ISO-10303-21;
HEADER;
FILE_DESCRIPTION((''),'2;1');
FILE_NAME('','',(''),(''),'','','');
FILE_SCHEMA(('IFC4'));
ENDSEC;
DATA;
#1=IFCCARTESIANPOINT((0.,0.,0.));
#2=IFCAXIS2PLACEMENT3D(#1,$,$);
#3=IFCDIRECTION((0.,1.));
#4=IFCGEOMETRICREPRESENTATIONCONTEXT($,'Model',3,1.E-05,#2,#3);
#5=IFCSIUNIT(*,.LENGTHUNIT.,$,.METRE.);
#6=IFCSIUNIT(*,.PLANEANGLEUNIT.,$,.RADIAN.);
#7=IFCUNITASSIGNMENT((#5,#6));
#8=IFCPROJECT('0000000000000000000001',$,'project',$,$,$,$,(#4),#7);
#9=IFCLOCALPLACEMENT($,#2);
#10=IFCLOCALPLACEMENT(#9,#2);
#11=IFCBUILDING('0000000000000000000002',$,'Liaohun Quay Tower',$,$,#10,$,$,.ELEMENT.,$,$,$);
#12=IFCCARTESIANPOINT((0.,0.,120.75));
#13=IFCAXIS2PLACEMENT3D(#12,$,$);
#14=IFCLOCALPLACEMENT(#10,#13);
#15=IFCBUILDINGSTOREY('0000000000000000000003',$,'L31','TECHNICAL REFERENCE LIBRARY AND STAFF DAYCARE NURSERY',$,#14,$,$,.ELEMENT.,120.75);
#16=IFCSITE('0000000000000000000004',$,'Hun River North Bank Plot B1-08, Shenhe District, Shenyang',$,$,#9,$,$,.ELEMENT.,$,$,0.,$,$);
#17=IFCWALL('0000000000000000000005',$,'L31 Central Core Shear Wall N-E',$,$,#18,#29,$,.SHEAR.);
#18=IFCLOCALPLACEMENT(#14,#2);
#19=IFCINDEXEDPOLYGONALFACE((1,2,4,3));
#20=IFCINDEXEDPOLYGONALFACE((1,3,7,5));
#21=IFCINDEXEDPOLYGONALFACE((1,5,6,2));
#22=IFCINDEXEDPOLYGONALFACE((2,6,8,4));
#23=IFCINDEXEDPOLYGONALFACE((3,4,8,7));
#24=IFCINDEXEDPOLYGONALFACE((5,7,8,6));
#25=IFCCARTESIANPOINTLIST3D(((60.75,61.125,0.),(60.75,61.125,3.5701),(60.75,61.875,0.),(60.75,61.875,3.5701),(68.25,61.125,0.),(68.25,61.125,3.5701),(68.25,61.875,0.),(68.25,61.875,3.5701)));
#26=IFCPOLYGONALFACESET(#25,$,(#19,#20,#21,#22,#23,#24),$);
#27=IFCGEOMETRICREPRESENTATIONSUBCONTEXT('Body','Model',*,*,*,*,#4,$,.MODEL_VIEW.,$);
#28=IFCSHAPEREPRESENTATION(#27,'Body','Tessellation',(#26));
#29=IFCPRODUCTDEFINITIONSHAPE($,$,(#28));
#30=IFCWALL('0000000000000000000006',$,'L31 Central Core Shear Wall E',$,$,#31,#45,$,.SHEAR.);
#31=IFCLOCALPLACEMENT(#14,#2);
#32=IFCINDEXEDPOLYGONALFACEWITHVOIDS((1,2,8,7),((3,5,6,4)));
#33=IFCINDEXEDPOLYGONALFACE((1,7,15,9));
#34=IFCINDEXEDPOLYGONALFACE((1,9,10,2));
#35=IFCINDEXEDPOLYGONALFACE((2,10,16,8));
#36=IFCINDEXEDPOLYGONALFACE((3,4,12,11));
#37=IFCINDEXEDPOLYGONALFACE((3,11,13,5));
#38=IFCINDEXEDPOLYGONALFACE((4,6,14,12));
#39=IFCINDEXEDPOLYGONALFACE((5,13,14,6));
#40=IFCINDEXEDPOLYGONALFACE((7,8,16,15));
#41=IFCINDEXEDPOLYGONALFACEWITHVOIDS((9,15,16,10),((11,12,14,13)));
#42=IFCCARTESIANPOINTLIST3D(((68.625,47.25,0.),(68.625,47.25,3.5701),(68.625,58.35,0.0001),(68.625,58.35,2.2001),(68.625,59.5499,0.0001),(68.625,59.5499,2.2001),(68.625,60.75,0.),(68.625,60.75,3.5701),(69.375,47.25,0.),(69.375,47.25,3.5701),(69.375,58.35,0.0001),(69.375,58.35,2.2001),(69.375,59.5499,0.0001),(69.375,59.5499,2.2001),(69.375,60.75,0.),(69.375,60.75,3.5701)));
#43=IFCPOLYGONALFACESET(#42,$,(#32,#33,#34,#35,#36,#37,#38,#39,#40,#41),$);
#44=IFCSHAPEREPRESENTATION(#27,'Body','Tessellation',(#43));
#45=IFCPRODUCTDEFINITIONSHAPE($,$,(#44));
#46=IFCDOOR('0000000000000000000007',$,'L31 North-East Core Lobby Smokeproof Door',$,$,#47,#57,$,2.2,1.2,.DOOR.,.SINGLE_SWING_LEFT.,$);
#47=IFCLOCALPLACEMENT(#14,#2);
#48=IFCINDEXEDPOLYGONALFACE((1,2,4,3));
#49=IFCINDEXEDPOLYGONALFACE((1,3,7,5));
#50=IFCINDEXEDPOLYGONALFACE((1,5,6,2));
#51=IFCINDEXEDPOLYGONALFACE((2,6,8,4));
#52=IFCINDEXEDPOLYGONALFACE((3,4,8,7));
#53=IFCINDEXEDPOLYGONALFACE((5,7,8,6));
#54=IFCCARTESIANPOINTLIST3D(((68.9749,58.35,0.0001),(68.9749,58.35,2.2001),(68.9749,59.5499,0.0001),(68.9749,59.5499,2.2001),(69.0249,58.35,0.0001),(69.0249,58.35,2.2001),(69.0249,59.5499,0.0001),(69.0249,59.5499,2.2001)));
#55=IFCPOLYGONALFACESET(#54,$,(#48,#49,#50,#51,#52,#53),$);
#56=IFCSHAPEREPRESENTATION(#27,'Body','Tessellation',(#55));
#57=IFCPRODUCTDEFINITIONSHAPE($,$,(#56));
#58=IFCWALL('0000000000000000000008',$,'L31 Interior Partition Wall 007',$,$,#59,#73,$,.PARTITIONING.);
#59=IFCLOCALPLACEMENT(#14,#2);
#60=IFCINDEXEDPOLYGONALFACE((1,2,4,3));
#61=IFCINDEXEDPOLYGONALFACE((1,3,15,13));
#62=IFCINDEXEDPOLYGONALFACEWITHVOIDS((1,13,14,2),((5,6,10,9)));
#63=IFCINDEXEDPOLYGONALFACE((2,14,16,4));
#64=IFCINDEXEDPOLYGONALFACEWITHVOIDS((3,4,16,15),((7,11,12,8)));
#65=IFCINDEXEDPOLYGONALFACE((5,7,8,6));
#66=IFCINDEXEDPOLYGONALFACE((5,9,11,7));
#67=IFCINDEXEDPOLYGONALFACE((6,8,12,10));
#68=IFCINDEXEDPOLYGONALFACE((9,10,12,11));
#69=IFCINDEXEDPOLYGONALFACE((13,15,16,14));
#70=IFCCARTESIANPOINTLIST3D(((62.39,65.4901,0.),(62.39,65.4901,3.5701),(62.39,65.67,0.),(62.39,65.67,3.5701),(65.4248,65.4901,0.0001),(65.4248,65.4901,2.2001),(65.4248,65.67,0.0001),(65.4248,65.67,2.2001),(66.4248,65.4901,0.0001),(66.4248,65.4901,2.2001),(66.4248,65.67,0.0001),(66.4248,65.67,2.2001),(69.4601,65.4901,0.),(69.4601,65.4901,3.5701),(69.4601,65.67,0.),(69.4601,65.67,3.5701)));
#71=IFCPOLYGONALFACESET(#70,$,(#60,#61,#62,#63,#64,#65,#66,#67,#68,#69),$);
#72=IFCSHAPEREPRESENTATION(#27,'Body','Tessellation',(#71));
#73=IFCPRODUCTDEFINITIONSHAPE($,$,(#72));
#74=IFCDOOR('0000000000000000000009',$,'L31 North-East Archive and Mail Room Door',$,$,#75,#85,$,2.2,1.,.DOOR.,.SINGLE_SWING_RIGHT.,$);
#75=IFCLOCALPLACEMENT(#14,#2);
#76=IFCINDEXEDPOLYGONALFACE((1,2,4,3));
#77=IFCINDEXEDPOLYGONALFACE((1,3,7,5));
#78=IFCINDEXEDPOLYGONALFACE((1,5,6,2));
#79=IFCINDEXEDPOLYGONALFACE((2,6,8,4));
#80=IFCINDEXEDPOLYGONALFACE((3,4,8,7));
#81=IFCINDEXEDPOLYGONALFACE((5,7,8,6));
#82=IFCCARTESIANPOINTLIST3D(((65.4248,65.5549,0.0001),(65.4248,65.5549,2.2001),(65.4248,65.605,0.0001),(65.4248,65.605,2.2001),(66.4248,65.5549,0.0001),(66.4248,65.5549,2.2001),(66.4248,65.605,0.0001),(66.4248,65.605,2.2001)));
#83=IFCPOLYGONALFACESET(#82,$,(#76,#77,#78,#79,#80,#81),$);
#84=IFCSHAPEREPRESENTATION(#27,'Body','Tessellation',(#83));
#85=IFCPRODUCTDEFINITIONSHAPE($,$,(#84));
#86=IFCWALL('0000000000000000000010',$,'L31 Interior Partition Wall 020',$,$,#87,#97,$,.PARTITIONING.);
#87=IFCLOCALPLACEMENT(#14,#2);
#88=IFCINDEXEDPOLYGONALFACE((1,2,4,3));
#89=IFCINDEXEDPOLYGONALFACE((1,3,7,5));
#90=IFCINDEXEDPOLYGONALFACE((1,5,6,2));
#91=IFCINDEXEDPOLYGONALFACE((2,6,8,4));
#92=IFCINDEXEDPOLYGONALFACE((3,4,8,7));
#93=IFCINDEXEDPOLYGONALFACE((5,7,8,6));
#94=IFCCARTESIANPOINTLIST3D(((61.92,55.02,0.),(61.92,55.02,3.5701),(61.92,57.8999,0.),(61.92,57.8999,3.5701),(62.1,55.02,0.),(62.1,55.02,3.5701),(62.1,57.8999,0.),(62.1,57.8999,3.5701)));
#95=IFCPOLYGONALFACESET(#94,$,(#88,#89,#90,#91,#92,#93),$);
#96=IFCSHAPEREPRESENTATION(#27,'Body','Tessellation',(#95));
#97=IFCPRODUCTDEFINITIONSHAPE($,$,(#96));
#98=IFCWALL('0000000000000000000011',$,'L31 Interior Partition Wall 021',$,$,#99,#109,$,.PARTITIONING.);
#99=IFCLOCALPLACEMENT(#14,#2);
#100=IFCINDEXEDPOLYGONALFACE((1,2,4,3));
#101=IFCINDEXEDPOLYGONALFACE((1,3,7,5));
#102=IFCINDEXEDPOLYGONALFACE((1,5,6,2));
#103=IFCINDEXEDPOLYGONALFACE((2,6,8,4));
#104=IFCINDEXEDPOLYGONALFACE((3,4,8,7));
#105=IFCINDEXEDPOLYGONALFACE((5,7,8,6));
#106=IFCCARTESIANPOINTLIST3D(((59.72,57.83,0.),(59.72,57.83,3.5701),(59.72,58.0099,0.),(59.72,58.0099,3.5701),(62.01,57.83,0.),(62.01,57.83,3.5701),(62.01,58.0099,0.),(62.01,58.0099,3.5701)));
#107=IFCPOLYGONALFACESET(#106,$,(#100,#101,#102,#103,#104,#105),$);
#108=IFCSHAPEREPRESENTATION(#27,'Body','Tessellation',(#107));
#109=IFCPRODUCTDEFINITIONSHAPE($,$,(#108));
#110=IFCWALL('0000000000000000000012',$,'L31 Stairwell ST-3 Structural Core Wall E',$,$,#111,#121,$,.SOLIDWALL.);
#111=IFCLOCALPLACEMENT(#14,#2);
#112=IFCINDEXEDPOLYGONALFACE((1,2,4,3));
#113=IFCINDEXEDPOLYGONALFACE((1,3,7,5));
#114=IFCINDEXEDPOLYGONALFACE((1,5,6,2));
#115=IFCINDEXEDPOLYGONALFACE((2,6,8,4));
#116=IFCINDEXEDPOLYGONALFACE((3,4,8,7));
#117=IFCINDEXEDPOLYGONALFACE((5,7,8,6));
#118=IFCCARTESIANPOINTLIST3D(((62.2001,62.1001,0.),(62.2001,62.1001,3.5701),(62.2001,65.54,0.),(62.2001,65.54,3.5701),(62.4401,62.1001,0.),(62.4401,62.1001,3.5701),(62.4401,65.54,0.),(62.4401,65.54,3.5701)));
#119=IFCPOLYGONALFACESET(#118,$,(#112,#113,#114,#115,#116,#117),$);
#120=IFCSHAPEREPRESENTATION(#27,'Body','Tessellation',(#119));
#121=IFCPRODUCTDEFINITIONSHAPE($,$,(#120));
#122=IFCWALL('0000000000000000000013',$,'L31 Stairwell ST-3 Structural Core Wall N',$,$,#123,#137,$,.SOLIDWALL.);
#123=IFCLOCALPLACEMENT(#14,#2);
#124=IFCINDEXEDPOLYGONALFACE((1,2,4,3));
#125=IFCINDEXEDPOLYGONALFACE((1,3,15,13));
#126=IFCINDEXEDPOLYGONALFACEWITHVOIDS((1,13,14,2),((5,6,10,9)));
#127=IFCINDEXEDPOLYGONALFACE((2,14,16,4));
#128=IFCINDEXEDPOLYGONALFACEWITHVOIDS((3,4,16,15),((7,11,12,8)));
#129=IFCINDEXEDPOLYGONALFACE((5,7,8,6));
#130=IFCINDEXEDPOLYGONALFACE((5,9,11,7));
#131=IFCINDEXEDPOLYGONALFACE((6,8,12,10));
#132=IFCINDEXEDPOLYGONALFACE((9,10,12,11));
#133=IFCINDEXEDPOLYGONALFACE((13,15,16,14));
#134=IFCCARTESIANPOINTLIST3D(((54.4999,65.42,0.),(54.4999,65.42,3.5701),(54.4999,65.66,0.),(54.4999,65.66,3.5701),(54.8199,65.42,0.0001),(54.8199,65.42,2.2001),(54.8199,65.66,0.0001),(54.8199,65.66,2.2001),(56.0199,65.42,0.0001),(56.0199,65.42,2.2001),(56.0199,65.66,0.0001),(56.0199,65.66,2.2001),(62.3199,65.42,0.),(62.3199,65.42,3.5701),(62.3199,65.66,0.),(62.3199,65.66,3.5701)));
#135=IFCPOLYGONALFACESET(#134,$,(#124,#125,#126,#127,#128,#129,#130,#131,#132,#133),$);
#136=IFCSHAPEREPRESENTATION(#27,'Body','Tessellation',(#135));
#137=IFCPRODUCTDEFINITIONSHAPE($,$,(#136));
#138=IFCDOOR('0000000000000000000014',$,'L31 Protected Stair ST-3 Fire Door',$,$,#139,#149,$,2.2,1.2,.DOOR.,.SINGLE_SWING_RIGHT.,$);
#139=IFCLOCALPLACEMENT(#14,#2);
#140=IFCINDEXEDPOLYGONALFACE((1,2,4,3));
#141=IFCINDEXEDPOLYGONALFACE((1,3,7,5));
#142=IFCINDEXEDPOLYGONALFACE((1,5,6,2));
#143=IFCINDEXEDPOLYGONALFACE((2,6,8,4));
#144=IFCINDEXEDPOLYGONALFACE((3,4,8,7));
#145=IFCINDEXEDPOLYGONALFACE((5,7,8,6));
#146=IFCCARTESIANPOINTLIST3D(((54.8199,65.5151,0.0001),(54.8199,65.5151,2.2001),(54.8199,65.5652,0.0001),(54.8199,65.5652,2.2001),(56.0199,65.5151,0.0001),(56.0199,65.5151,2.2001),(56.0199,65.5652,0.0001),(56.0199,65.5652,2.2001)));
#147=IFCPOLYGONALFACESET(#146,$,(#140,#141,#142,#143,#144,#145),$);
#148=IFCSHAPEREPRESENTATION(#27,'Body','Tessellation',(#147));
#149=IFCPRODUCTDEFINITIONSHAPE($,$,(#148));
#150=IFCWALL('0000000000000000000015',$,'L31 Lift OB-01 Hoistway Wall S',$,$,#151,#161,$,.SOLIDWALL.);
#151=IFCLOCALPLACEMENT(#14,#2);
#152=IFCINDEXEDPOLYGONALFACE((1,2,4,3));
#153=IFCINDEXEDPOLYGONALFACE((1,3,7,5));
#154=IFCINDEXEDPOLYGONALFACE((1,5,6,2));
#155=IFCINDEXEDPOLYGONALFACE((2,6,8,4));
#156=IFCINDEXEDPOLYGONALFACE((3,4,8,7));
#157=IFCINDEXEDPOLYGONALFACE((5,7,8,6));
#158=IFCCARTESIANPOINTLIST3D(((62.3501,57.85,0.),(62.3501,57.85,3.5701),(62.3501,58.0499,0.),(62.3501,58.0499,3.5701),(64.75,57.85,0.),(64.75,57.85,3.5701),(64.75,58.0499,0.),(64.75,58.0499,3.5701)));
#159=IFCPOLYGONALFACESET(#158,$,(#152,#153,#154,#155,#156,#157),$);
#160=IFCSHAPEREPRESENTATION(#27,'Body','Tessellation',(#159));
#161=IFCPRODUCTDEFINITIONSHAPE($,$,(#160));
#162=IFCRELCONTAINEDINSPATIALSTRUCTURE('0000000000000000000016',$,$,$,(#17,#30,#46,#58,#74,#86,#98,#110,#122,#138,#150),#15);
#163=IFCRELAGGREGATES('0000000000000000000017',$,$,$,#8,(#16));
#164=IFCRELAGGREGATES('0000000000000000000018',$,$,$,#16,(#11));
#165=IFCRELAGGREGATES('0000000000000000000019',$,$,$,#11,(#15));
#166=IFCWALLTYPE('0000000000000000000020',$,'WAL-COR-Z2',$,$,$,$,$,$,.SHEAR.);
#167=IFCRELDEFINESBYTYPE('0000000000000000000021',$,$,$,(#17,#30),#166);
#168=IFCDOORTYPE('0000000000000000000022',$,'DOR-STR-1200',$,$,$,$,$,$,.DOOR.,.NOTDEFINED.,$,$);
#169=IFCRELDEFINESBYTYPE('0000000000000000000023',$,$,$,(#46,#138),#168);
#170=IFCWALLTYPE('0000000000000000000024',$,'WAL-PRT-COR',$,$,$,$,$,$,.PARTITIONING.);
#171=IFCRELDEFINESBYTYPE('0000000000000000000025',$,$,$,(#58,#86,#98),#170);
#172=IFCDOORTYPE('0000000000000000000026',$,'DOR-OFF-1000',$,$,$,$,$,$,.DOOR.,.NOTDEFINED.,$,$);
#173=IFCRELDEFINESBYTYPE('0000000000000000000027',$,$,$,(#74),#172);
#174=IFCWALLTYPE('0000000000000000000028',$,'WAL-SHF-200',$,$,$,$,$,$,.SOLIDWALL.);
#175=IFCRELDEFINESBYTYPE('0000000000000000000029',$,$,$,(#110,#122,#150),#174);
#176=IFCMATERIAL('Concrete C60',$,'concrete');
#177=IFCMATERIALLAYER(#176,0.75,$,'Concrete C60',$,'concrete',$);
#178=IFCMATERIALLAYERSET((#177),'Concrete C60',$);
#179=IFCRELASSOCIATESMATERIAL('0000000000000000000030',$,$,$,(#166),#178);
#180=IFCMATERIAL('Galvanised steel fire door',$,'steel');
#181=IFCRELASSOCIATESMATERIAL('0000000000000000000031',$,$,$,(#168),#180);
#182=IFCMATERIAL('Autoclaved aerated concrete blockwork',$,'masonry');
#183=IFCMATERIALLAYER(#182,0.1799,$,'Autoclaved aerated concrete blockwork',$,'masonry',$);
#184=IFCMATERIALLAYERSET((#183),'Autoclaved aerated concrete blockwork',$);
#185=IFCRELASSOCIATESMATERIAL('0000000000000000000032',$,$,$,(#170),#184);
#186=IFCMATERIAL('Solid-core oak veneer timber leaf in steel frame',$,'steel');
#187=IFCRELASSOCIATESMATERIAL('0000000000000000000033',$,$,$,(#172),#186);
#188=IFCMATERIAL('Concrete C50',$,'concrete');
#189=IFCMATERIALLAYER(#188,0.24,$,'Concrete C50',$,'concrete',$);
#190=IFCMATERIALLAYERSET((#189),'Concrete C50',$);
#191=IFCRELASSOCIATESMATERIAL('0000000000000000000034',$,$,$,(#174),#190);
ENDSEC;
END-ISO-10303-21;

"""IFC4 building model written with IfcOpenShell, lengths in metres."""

from ifc_helpers import new_model, si_unit, direction, frame, frame_2d, origin, place, context, subcontext, project, spatial, rectangle, extrude, source, transform, mapped, material, layer, layer_set, type_object, element, fill, save


model = new_model("IFC4")

# Units and contexts
model_context = context("Model", 3, precision=1e-05, world=origin(), true_north=direction((0.0, 1.0)))
body_context = subcontext(model_context, "Body", "Model", "MODEL_VIEW")
ifc_project = project(units=[si_unit("LENGTHUNIT", "METRE"), si_unit("PLANEANGLEUNIT", "RADIAN")], contexts=[model_context])

# Site, building, storey
site_placement = place(None, origin())
site = spatial("IfcSite", under=ifc_project, at=site_placement, Name="Hun River North Bank Plot B1-08, Shenhe District, Shenyang", CompositionType="ELEMENT", RefElevation=0.0)
building_placement = place(site_placement, origin())
building = spatial("IfcBuilding", under=site, at=building_placement, Name="Liaohun Quay Tower", CompositionType="ELEMENT")
storey_placement = place(building_placement, frame((0.0, 0.0, 120.75)))
storey = spatial("IfcBuildingStorey", under=building, at=storey_placement, Name="L31", Description="TECHNICAL REFERENCE LIBRARY AND STAFF DAYCARE NURSERY", CompositionType="ELEMENT", Elevation=120.75)

# Shared definitions
ifc_material_1 = material(Name="Concrete C60", Category="concrete")

# Wall
ifc_layer_1 = layer(ifc_material_1, 0.75, Name="Concrete C60", Category="concrete")
ifc_layer_set_1 = layer_set([ifc_layer_1], Name="Concrete C60")
wall_type_1 = type_object("IfcWallType", Name="WAL-COR-Z2", PredefinedType="SHEAR", material=ifc_layer_set_1)
wall_1_placement = place(storey_placement, frame((60.75, 61.5, 0.0), z_axis=(0.0, 0.0, 1.0), x_axis=(1.0, 0.0, 0.0)))
element("IfcWall", 1, at=wall_1_placement, inside=storey, type_object=wall_type_1, Name="L31 Central Core Shear Wall N-E", PredefinedType="SHEAR", context=body_context, shape_type="SweptSolid", body=[
    extrude(rectangle(XDim=7.5, YDim=0.75, at=frame_2d((3.75, 0.0))), origin(), (0.0, 0.0, 1.0), 3.5701),
])

# Walls, openings, doors
wall_2_placement = place(storey_placement, frame((69.0, 60.75, 0.0), z_axis=(0.0, 0.0, 1.0), x_axis=(0.0, -1.0, 0.0)))
wall_2 = element("IfcWall", 2, at=wall_2_placement, inside=storey, type_object=wall_type_1, Name="L31 Central Core Shear Wall E", PredefinedType="SHEAR", context=body_context, shape_type="SweptSolid", body=[
    extrude(rectangle(XDim=13.5, YDim=0.75, at=frame_2d((6.75, 0.0))), origin(), (0.0, 0.0, 1.0), 3.5701),
])
shared_shape_1 = source(origin(), body_context, "Body", "SweptSolid", [
    extrude(rectangle(XDim=1.2, YDim=2.2, at=frame_2d((0.6001, 1.1001))), frame((0.0, 0.385, 0.0), z_axis=(0.0, -1.0, 0.0), x_axis=(1.0, 0.0, 0.0)), (0.0, 0.0, 1.0), 0.77),
])
opening_1_placement = place(wall_2_placement, frame((1.2, 0.0, 0.0)))
opening_1 = element("IfcOpeningElement", 3, at=opening_1_placement, cuts=wall_2, PredefinedType="OPENING", context=body_context, shape_type="MappedRepresentation", body=[
    mapped(shared_shape_1, transform((0.0, 0.0, 0.0), x_axis=(1.0, 0.0, 0.0), y_axis=(0.0, 1.0, 0.0), z_axis=(0.0, 0.0, 1.0), scale=1.0)),
])
ifc_material_2 = material(Name="Galvanised steel fire door", Category="steel")
door_type_1 = type_object("IfcDoorType", Name="DOR-STR-1200", OperationType="NOTDEFINED", PredefinedType="DOOR", material=ifc_material_2)
shared_shape_2 = source(origin(), body_context, "Body", "SweptSolid", [
    extrude(rectangle(XDim=1.2, YDim=2.2, at=frame_2d((0.6001, 1.1001))), frame((0.0, 0.0249, 0.0), z_axis=(0.0, -1.0, 0.0), x_axis=(1.0, 0.0, 0.0)), (0.0, 0.0, 1.0), 0.05),
])
door_1_placement = place(opening_1_placement, origin())
door_1 = element("IfcDoor", 4, at=door_1_placement, inside=storey, type_object=door_type_1, Name="L31 North-East Core Lobby Smokeproof Door", OperationType="SINGLE_SWING_LEFT", OverallHeight=2.2, OverallWidth=1.2, PredefinedType="DOOR", context=body_context, shape_type="MappedRepresentation", body=[
    mapped(shared_shape_2, transform((0.0, 0.0, 0.0), x_axis=(1.0, 0.0, 0.0), y_axis=(0.0, 1.0, 0.0), z_axis=(0.0, 0.0, 1.0), scale=1.0)),
])
fill(opening_1, door_1)
ifc_material_3 = material(Name="Autoclaved aerated concrete blockwork", Category="masonry")
ifc_layer_2 = layer(ifc_material_3, 0.1799, Name="Autoclaved aerated concrete blockwork", Category="masonry")
ifc_layer_set_2 = layer_set([ifc_layer_2], Name="Autoclaved aerated concrete blockwork")
wall_type_2 = type_object("IfcWallType", Name="WAL-PRT-COR", PredefinedType="PARTITIONING", material=ifc_layer_set_2)
wall_3_placement = place(storey_placement, frame((62.3899, 65.5801, 0.0), z_axis=(0.0, 0.0, 1.0), x_axis=(1.0, 0.0, 0.0)))
wall_3 = element("IfcWall", 5, at=wall_3_placement, inside=storey, type_object=wall_type_2, Name="L31 Interior Partition Wall 007", PredefinedType="PARTITIONING", context=body_context, shape_type="SweptSolid", body=[
    extrude(rectangle(XDim=7.0701, YDim=0.1799, at=frame_2d((3.5352, 0.0))), origin(), (0.0, 0.0, 1.0), 3.5701),
])
shared_shape_3 = source(origin(), body_context, "Body", "SweptSolid", [
    extrude(rectangle(XDim=1.0, YDim=2.2, at=frame_2d((0.5, 1.1001))), frame((0.0, 0.0999, 0.0), z_axis=(0.0, -1.0, 0.0), x_axis=(1.0, 0.0, 0.0)), (0.0, 0.0, 1.0), 0.2),
])
opening_2_placement = place(wall_3_placement, frame((3.0349, 0.0, 0.0)))
opening_2 = element("IfcOpeningElement", 6, at=opening_2_placement, cuts=wall_3, PredefinedType="OPENING", context=body_context, shape_type="MappedRepresentation", body=[
    mapped(shared_shape_3, transform((0.0, 0.0, 0.0), x_axis=(1.0, 0.0, 0.0), y_axis=(0.0, 1.0, 0.0), z_axis=(0.0, 0.0, 1.0), scale=1.0)),
])
ifc_material_4 = material(Name="Solid-core oak veneer timber leaf in steel frame", Category="steel")
door_type_2 = type_object("IfcDoorType", Name="DOR-OFF-1000", OperationType="NOTDEFINED", PredefinedType="DOOR", material=ifc_material_4)
shared_shape_4 = source(origin(), body_context, "Body", "SweptSolid", [
    extrude(rectangle(XDim=1.0, YDim=2.2, at=frame_2d((0.5, 1.1001))), frame((0.0, 0.0249, 0.0), z_axis=(0.0, -1.0, 0.0), x_axis=(1.0, 0.0, 0.0)), (0.0, 0.0, 1.0), 0.05),
])
door_2_placement = place(opening_2_placement, origin())
door_2 = element("IfcDoor", 7, at=door_2_placement, inside=storey, type_object=door_type_2, Name="L31 North-East Archive and Mail Room Door", OperationType="SINGLE_SWING_RIGHT", OverallHeight=2.2, OverallWidth=1.0, PredefinedType="DOOR", context=body_context, shape_type="MappedRepresentation", body=[
    mapped(shared_shape_4, transform((0.0, 0.0, 0.0), x_axis=(1.0, 0.0, 0.0), y_axis=(0.0, 1.0, 0.0), z_axis=(0.0, 0.0, 1.0), scale=1.0)),
])
fill(opening_2, door_2)

# Walls
wall_4_placement = place(storey_placement, frame((62.01, 55.02, 0.0), z_axis=(0.0, 0.0, 1.0), x_axis=(0.0, 1.0, 0.0)))
element("IfcWall", 8, at=wall_4_placement, inside=storey, type_object=wall_type_2, Name="L31 Interior Partition Wall 020", PredefinedType="PARTITIONING", context=body_context, shape_type="SweptSolid", body=[
    extrude(rectangle(XDim=2.8799, YDim=0.1799, at=frame_2d((1.4399, 0.0))), origin(), (0.0, 0.0, 1.0), 3.5701),
])
wall_5_placement = place(storey_placement, frame((59.72, 57.9199, 0.0), z_axis=(0.0, 0.0, 1.0), x_axis=(1.0, 0.0, 0.0)))
element("IfcWall", 9, at=wall_5_placement, inside=storey, type_object=wall_type_2, Name="L31 Interior Partition Wall 021", PredefinedType="PARTITIONING", context=body_context, shape_type="SweptSolid", body=[
    extrude(rectangle(XDim=2.29, YDim=0.1799, at=frame_2d((1.145, 0.0))), origin(), (0.0, 0.0, 1.0), 3.5701),
])
ifc_material_5 = material(Name="Concrete C50", Category="concrete")
ifc_layer_3 = layer(ifc_material_5, 0.24, Name="Concrete C50", Category="concrete")
ifc_layer_set_3 = layer_set([ifc_layer_3], Name="Concrete C50")
wall_type_3 = type_object("IfcWallType", Name="WAL-SHF-200", PredefinedType="SOLIDWALL", material=ifc_layer_set_3)
wall_6_placement = place(storey_placement, frame((62.3201, 62.1001, 0.0), z_axis=(0.0, 0.0, 1.0), x_axis=(0.0, 1.0, 0.0)))
element("IfcWall", 10, at=wall_6_placement, inside=storey, type_object=wall_type_3, Name="L31 Stairwell ST-3 Structural Core Wall E", PredefinedType="SOLIDWALL", context=body_context, shape_type="SweptSolid", body=[
    extrude(rectangle(XDim=3.4399, YDim=0.24, at=frame_2d((1.72, 0.0))), origin(), (0.0, 0.0, 1.0), 3.5701),
])

# Wall, opening, door
wall_7_placement = place(storey_placement, frame((62.3201, 65.54, 0.0), z_axis=(0.0, 0.0, 1.0), x_axis=(-1.0, 0.0, 0.0)))
wall_7 = element("IfcWall", 11, at=wall_7_placement, inside=storey, type_object=wall_type_3, Name="L31 Stairwell ST-3 Structural Core Wall N", PredefinedType="SOLIDWALL", context=body_context, shape_type="SweptSolid", body=[
    extrude(rectangle(XDim=7.8201, YDim=0.24, at=frame_2d((3.9102, 0.0))), origin(), (0.0, 0.0, 1.0), 3.5701),
])
shared_shape_5 = source(origin(), body_context, "Body", "SweptSolid", [
    extrude(rectangle(XDim=1.2, YDim=2.2, at=frame_2d((0.6001, 1.1001))), frame((0.0, 0.1299, 0.0), z_axis=(0.0, -1.0, 0.0), x_axis=(1.0, 0.0, 0.0)), (0.0, 0.0, 1.0), 0.26),
])
opening_3_placement = place(wall_7_placement, frame((6.3, 0.0, 0.0)))
opening_3 = element("IfcOpeningElement", 12, at=opening_3_placement, cuts=wall_7, PredefinedType="OPENING", context=body_context, shape_type="MappedRepresentation", body=[
    mapped(shared_shape_5, transform((0.0, 0.0, 0.0), x_axis=(1.0, 0.0, 0.0), y_axis=(0.0, 1.0, 0.0), z_axis=(0.0, 0.0, 1.0), scale=1.0)),
])
door_3_placement = place(opening_3_placement, origin())
door_3 = element("IfcDoor", 13, at=door_3_placement, inside=storey, type_object=door_type_1, Name="L31 Protected Stair ST-3 Fire Door", OperationType="SINGLE_SWING_RIGHT", OverallHeight=2.2, OverallWidth=1.2, PredefinedType="DOOR", context=body_context, shape_type="MappedRepresentation", body=[
    mapped(shared_shape_2, transform((0.0, 0.0, 0.0), x_axis=(1.0, 0.0, 0.0), y_axis=(0.0, 1.0, 0.0), z_axis=(0.0, 0.0, 1.0), scale=1.0)),
])
fill(opening_3, door_3)

# Wall
wall_8_placement = place(storey_placement, frame((62.3501, 57.95, 0.0), z_axis=(0.0, 0.0, 1.0), x_axis=(1.0, 0.0, 0.0)))
element("IfcWall", 14, at=wall_8_placement, inside=storey, type_object=wall_type_3, Name="L31 Lift OB-01 Hoistway Wall S", PredefinedType="SOLIDWALL", context=body_context, shape_type="SweptSolid", body=[
    extrude(rectangle(XDim=2.3999, YDim=0.2, at=frame_2d((1.2, 0.0))), origin(), (0.0, 0.0, 1.0), 3.5701),
])

save(model, "model.ifc")
